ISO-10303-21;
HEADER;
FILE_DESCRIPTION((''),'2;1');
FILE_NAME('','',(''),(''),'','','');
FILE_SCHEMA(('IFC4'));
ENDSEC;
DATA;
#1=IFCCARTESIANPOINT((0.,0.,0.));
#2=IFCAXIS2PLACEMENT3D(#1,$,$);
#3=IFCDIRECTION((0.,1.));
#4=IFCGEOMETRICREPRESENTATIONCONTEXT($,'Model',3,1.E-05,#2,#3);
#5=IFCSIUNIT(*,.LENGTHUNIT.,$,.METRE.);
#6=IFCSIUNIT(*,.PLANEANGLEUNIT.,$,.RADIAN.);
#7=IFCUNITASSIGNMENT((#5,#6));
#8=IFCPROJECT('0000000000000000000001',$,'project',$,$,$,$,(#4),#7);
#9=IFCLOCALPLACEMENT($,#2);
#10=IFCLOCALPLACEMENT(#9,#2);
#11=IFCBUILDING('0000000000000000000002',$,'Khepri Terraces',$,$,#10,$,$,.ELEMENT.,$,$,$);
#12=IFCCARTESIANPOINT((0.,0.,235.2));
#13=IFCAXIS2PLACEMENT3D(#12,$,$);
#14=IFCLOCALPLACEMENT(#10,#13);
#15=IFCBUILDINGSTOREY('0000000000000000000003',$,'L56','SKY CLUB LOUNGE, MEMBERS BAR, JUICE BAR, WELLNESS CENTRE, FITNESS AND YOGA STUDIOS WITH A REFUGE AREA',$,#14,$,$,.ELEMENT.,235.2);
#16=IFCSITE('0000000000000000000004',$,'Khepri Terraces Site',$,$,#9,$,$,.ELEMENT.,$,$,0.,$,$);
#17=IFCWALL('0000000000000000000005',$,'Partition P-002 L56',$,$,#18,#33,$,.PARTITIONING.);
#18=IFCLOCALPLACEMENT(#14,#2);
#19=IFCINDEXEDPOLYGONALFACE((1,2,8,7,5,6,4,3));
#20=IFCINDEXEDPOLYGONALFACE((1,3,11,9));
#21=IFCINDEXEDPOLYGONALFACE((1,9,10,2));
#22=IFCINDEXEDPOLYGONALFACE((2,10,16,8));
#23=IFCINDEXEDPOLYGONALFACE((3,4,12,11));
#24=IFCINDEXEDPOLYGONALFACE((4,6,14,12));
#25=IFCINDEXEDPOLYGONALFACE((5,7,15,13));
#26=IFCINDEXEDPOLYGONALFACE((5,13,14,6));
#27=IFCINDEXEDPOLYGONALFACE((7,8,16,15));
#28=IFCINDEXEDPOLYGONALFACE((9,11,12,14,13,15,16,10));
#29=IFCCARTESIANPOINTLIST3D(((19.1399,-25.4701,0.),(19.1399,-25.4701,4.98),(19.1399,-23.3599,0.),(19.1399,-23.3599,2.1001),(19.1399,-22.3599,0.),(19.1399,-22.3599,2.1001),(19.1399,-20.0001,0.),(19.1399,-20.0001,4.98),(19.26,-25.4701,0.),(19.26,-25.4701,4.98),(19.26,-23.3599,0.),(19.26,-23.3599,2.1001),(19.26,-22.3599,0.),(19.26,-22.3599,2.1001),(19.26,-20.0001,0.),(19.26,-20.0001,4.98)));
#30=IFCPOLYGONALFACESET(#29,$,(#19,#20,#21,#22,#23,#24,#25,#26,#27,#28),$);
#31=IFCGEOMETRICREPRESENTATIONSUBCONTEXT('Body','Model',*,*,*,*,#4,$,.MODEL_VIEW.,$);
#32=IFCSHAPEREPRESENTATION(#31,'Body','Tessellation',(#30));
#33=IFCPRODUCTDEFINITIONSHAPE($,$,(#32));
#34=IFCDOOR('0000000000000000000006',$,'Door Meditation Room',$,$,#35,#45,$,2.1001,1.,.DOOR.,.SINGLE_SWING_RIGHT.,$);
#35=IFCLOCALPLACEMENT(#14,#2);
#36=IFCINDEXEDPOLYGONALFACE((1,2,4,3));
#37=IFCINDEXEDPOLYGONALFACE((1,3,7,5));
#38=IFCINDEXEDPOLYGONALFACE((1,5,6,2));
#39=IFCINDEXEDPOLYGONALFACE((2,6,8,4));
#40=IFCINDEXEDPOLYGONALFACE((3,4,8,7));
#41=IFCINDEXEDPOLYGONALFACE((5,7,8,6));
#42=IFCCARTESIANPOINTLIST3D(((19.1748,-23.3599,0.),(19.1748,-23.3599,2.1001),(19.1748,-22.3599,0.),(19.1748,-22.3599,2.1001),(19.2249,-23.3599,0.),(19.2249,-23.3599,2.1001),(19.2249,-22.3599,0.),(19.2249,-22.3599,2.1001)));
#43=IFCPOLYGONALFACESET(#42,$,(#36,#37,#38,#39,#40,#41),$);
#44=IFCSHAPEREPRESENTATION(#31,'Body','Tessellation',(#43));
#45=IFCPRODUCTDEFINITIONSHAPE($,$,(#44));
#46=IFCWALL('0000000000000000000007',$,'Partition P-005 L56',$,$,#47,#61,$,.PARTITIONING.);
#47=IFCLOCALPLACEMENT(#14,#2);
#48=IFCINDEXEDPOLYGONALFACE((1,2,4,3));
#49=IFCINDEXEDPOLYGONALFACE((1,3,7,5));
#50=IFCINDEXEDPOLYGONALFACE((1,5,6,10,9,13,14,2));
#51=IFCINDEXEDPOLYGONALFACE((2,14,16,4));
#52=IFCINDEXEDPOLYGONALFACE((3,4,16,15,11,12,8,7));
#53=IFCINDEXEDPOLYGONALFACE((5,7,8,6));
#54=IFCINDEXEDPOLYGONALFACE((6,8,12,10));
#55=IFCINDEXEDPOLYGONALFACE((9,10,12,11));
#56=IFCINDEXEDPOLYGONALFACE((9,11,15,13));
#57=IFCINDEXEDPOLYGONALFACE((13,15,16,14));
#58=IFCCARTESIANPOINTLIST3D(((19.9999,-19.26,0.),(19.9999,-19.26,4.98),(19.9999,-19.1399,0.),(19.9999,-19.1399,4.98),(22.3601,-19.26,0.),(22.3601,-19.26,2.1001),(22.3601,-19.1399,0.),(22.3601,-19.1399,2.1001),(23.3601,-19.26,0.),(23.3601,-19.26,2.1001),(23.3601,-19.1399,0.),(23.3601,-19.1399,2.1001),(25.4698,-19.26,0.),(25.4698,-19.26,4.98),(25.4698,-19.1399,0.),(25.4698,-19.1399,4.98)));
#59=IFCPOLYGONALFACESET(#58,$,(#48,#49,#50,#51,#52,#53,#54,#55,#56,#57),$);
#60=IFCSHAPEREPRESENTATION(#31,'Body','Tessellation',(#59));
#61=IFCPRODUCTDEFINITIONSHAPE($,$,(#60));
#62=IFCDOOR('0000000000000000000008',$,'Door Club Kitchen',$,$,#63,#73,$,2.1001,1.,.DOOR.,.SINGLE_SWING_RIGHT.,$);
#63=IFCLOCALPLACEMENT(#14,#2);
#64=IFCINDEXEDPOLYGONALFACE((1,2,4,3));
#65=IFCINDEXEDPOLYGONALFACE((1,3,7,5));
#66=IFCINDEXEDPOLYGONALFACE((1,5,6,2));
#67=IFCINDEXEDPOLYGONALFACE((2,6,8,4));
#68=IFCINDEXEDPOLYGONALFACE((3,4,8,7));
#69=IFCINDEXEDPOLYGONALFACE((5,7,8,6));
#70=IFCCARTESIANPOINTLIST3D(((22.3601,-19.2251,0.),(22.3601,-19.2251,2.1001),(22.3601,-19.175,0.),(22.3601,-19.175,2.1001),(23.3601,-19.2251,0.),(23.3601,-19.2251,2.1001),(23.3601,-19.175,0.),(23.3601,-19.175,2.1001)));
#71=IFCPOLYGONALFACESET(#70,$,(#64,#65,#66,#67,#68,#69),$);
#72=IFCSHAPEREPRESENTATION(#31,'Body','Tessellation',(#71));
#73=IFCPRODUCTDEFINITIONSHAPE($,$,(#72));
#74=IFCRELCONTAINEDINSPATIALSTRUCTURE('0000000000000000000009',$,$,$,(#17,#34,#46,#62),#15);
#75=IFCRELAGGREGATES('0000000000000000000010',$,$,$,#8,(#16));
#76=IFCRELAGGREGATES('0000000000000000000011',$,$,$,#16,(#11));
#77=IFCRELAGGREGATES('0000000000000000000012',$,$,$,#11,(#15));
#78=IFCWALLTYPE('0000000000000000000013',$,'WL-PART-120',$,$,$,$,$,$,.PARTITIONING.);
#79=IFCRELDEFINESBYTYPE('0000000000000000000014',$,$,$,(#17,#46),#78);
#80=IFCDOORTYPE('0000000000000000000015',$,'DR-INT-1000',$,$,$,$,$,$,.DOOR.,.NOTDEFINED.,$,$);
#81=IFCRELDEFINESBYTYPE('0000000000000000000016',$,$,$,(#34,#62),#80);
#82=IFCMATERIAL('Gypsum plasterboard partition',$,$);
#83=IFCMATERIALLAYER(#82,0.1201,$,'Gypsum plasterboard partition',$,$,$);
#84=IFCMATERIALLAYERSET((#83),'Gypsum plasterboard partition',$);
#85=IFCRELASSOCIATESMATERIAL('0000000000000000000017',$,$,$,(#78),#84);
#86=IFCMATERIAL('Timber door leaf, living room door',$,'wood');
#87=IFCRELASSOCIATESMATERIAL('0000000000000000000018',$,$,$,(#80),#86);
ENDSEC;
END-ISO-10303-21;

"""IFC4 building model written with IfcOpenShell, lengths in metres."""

from ifc_helpers import new_model, si_unit, direction, frame, frame_2d, origin, place, context, subcontext, project, spatial, rectangle, extrude, material, layer, layer_set, type_object, element, fill, save


model = new_model("IFC4")

# Units and contexts
model_context = context("Model", 3, precision=1e-05, world=origin(), true_north=direction((0.0, 1.0)))
body_context = subcontext(model_context, "Body", "Model", "MODEL_VIEW")
ifc_project = project(units=[si_unit("LENGTHUNIT", "METRE"), si_unit("PLANEANGLEUNIT", "RADIAN")], contexts=[model_context])

# Site, building, storey
site_placement = place(None, origin())
site = spatial("IfcSite", under=ifc_project, at=site_placement, Name="Khepri Terraces Site", CompositionType="ELEMENT", RefElevation=0.0)
building_placement = place(site_placement, origin())
building = spatial("IfcBuilding", under=site, at=building_placement, Name="Khepri Terraces", CompositionType="ELEMENT")
storey_placement = place(building_placement, frame((0.0, 0.0, 235.2)))
storey = spatial("IfcBuildingStorey", under=building, at=storey_placement, Name="L56", Description="SKY CLUB LOUNGE, MEMBERS BAR, JUICE BAR, WELLNESS CENTRE, FITNESS AND YOGA STUDIOS WITH A REFUGE AREA", CompositionType="ELEMENT", Elevation=235.2)

# Walls, openings, doors
ifc_material_1 = material(Name="Gypsum plasterboard partition")
ifc_layer_1 = layer(ifc_material_1, 0.1201, Name="Gypsum plasterboard partition")
ifc_layer_set_1 = layer_set([ifc_layer_1], Name="Gypsum plasterboard partition")
wall_type_1 = type_object("IfcWallType", Name="WL-PART-120", PredefinedType="PARTITIONING", material=ifc_layer_set_1)
wall_1_placement = place(storey_placement, frame((19.2, -25.47, 0.0), z_axis=(0.0, 0.0, 1.0), x_axis=(0.0, 1.0, 0.0)))
wall_1 = element("IfcWall", 1, at=wall_1_placement, inside=storey, type_object=wall_type_1, Name="Partition P-002 L56", PredefinedType="PARTITIONING", context=body_context, shape_type="SweptSolid", body=[
    extrude(rectangle(XDim=5.47, YDim=0.1201, at=frame_2d((2.7349, 0.0))), origin(), (0.0, 0.0, 1.0), 4.98),
])
opening_1_placement = place(wall_1_placement, frame((2.1101, 0.0, 0.0)))
opening_1 = element("IfcOpeningElement", 2, at=opening_1_placement, cuts=wall_1, PredefinedType="OPENING", context=body_context, shape_type="SweptSolid", body=[
    extrude(rectangle(XDim=1.0, YDim=2.1001, at=frame_2d((0.5, 1.05))), frame((0.0, 0.0701, 0.0), z_axis=(0.0, -1.0, 0.0), x_axis=(1.0, 0.0, 0.0)), (0.0, 0.0, 1.0), 0.1401),
])
ifc_material_2 = material(Name="Timber door leaf, living room door", Category="wood")
door_type = type_object("IfcDoorType", Name="DR-INT-1000", OperationType="NOTDEFINED", PredefinedType="DOOR", material=ifc_material_2)
door_1_placement = place(opening_1_placement, frame((1.0, 0.0, 0.0), z_axis=(0.0, 0.0, 1.0), x_axis=(-1.0, 0.0, 0.0)))
door_1 = element("IfcDoor", 3, at=door_1_placement, inside=storey, type_object=door_type, Name="Door Meditation Room", OperationType="SINGLE_SWING_RIGHT", OverallHeight=2.1001, OverallWidth=1.0, PredefinedType="DOOR", context=body_context, shape_type="SweptSolid", body=[
    extrude(rectangle(XDim=1.0, YDim=2.1001, at=frame_2d((0.5, 1.05))), frame((0.0, 0.0249, 0.0), z_axis=(0.0, -1.0, 0.0), x_axis=(1.0, 0.0, 0.0)), (0.0, 0.0, 1.0), 0.05),
])
fill(opening_1, door_1)
wall_2_placement = place(storey_placement, frame((20.0, -19.2, 0.0), z_axis=(0.0, 0.0, 1.0), x_axis=(1.0, 0.0, 0.0)))
wall_2 = element("IfcWall", 4, at=wall_2_placement, inside=storey, type_object=wall_type_1, Name="Partition P-005 L56", PredefinedType="PARTITIONING", context=body_context, shape_type="SweptSolid", body=[
    extrude(rectangle(XDim=5.47, YDim=0.1201, at=frame_2d((2.7349, 0.0))), origin(), (0.0, 0.0, 1.0), 4.98),
])
opening_2_placement = place(wall_2_placement, frame((2.3601, 0.0, 0.0)))
opening_2 = element("IfcOpeningElement", 5, at=opening_2_placement, cuts=wall_2, PredefinedType="OPENING", context=body_context, shape_type="SweptSolid", body=[
    extrude(rectangle(XDim=1.0, YDim=2.1001, at=frame_2d((0.5, 1.05))), frame((0.0, 0.0701, 0.0), z_axis=(0.0, -1.0, 0.0), x_axis=(1.0, 0.0, 0.0)), (0.0, 0.0, 1.0), 0.1401),
])
door_2_placement = place(opening_2_placement, origin())
door_2 = element("IfcDoor", 6, at=door_2_placement, inside=storey, type_object=door_type, Name="Door Club Kitchen", OperationType="SINGLE_SWING_RIGHT", OverallHeight=2.1001, OverallWidth=1.0, PredefinedType="DOOR", context=body_context, shape_type="SweptSolid", body=[
    extrude(rectangle(XDim=1.0, YDim=2.1001, at=frame_2d((0.5, 1.05))), frame((0.0, 0.0249, 0.0), z_axis=(0.0, -1.0, 0.0), x_axis=(1.0, 0.0, 0.0)), (0.0, 0.0, 1.0), 0.05),
])
fill(opening_2, door_2)

save(model, "model.ifc")
